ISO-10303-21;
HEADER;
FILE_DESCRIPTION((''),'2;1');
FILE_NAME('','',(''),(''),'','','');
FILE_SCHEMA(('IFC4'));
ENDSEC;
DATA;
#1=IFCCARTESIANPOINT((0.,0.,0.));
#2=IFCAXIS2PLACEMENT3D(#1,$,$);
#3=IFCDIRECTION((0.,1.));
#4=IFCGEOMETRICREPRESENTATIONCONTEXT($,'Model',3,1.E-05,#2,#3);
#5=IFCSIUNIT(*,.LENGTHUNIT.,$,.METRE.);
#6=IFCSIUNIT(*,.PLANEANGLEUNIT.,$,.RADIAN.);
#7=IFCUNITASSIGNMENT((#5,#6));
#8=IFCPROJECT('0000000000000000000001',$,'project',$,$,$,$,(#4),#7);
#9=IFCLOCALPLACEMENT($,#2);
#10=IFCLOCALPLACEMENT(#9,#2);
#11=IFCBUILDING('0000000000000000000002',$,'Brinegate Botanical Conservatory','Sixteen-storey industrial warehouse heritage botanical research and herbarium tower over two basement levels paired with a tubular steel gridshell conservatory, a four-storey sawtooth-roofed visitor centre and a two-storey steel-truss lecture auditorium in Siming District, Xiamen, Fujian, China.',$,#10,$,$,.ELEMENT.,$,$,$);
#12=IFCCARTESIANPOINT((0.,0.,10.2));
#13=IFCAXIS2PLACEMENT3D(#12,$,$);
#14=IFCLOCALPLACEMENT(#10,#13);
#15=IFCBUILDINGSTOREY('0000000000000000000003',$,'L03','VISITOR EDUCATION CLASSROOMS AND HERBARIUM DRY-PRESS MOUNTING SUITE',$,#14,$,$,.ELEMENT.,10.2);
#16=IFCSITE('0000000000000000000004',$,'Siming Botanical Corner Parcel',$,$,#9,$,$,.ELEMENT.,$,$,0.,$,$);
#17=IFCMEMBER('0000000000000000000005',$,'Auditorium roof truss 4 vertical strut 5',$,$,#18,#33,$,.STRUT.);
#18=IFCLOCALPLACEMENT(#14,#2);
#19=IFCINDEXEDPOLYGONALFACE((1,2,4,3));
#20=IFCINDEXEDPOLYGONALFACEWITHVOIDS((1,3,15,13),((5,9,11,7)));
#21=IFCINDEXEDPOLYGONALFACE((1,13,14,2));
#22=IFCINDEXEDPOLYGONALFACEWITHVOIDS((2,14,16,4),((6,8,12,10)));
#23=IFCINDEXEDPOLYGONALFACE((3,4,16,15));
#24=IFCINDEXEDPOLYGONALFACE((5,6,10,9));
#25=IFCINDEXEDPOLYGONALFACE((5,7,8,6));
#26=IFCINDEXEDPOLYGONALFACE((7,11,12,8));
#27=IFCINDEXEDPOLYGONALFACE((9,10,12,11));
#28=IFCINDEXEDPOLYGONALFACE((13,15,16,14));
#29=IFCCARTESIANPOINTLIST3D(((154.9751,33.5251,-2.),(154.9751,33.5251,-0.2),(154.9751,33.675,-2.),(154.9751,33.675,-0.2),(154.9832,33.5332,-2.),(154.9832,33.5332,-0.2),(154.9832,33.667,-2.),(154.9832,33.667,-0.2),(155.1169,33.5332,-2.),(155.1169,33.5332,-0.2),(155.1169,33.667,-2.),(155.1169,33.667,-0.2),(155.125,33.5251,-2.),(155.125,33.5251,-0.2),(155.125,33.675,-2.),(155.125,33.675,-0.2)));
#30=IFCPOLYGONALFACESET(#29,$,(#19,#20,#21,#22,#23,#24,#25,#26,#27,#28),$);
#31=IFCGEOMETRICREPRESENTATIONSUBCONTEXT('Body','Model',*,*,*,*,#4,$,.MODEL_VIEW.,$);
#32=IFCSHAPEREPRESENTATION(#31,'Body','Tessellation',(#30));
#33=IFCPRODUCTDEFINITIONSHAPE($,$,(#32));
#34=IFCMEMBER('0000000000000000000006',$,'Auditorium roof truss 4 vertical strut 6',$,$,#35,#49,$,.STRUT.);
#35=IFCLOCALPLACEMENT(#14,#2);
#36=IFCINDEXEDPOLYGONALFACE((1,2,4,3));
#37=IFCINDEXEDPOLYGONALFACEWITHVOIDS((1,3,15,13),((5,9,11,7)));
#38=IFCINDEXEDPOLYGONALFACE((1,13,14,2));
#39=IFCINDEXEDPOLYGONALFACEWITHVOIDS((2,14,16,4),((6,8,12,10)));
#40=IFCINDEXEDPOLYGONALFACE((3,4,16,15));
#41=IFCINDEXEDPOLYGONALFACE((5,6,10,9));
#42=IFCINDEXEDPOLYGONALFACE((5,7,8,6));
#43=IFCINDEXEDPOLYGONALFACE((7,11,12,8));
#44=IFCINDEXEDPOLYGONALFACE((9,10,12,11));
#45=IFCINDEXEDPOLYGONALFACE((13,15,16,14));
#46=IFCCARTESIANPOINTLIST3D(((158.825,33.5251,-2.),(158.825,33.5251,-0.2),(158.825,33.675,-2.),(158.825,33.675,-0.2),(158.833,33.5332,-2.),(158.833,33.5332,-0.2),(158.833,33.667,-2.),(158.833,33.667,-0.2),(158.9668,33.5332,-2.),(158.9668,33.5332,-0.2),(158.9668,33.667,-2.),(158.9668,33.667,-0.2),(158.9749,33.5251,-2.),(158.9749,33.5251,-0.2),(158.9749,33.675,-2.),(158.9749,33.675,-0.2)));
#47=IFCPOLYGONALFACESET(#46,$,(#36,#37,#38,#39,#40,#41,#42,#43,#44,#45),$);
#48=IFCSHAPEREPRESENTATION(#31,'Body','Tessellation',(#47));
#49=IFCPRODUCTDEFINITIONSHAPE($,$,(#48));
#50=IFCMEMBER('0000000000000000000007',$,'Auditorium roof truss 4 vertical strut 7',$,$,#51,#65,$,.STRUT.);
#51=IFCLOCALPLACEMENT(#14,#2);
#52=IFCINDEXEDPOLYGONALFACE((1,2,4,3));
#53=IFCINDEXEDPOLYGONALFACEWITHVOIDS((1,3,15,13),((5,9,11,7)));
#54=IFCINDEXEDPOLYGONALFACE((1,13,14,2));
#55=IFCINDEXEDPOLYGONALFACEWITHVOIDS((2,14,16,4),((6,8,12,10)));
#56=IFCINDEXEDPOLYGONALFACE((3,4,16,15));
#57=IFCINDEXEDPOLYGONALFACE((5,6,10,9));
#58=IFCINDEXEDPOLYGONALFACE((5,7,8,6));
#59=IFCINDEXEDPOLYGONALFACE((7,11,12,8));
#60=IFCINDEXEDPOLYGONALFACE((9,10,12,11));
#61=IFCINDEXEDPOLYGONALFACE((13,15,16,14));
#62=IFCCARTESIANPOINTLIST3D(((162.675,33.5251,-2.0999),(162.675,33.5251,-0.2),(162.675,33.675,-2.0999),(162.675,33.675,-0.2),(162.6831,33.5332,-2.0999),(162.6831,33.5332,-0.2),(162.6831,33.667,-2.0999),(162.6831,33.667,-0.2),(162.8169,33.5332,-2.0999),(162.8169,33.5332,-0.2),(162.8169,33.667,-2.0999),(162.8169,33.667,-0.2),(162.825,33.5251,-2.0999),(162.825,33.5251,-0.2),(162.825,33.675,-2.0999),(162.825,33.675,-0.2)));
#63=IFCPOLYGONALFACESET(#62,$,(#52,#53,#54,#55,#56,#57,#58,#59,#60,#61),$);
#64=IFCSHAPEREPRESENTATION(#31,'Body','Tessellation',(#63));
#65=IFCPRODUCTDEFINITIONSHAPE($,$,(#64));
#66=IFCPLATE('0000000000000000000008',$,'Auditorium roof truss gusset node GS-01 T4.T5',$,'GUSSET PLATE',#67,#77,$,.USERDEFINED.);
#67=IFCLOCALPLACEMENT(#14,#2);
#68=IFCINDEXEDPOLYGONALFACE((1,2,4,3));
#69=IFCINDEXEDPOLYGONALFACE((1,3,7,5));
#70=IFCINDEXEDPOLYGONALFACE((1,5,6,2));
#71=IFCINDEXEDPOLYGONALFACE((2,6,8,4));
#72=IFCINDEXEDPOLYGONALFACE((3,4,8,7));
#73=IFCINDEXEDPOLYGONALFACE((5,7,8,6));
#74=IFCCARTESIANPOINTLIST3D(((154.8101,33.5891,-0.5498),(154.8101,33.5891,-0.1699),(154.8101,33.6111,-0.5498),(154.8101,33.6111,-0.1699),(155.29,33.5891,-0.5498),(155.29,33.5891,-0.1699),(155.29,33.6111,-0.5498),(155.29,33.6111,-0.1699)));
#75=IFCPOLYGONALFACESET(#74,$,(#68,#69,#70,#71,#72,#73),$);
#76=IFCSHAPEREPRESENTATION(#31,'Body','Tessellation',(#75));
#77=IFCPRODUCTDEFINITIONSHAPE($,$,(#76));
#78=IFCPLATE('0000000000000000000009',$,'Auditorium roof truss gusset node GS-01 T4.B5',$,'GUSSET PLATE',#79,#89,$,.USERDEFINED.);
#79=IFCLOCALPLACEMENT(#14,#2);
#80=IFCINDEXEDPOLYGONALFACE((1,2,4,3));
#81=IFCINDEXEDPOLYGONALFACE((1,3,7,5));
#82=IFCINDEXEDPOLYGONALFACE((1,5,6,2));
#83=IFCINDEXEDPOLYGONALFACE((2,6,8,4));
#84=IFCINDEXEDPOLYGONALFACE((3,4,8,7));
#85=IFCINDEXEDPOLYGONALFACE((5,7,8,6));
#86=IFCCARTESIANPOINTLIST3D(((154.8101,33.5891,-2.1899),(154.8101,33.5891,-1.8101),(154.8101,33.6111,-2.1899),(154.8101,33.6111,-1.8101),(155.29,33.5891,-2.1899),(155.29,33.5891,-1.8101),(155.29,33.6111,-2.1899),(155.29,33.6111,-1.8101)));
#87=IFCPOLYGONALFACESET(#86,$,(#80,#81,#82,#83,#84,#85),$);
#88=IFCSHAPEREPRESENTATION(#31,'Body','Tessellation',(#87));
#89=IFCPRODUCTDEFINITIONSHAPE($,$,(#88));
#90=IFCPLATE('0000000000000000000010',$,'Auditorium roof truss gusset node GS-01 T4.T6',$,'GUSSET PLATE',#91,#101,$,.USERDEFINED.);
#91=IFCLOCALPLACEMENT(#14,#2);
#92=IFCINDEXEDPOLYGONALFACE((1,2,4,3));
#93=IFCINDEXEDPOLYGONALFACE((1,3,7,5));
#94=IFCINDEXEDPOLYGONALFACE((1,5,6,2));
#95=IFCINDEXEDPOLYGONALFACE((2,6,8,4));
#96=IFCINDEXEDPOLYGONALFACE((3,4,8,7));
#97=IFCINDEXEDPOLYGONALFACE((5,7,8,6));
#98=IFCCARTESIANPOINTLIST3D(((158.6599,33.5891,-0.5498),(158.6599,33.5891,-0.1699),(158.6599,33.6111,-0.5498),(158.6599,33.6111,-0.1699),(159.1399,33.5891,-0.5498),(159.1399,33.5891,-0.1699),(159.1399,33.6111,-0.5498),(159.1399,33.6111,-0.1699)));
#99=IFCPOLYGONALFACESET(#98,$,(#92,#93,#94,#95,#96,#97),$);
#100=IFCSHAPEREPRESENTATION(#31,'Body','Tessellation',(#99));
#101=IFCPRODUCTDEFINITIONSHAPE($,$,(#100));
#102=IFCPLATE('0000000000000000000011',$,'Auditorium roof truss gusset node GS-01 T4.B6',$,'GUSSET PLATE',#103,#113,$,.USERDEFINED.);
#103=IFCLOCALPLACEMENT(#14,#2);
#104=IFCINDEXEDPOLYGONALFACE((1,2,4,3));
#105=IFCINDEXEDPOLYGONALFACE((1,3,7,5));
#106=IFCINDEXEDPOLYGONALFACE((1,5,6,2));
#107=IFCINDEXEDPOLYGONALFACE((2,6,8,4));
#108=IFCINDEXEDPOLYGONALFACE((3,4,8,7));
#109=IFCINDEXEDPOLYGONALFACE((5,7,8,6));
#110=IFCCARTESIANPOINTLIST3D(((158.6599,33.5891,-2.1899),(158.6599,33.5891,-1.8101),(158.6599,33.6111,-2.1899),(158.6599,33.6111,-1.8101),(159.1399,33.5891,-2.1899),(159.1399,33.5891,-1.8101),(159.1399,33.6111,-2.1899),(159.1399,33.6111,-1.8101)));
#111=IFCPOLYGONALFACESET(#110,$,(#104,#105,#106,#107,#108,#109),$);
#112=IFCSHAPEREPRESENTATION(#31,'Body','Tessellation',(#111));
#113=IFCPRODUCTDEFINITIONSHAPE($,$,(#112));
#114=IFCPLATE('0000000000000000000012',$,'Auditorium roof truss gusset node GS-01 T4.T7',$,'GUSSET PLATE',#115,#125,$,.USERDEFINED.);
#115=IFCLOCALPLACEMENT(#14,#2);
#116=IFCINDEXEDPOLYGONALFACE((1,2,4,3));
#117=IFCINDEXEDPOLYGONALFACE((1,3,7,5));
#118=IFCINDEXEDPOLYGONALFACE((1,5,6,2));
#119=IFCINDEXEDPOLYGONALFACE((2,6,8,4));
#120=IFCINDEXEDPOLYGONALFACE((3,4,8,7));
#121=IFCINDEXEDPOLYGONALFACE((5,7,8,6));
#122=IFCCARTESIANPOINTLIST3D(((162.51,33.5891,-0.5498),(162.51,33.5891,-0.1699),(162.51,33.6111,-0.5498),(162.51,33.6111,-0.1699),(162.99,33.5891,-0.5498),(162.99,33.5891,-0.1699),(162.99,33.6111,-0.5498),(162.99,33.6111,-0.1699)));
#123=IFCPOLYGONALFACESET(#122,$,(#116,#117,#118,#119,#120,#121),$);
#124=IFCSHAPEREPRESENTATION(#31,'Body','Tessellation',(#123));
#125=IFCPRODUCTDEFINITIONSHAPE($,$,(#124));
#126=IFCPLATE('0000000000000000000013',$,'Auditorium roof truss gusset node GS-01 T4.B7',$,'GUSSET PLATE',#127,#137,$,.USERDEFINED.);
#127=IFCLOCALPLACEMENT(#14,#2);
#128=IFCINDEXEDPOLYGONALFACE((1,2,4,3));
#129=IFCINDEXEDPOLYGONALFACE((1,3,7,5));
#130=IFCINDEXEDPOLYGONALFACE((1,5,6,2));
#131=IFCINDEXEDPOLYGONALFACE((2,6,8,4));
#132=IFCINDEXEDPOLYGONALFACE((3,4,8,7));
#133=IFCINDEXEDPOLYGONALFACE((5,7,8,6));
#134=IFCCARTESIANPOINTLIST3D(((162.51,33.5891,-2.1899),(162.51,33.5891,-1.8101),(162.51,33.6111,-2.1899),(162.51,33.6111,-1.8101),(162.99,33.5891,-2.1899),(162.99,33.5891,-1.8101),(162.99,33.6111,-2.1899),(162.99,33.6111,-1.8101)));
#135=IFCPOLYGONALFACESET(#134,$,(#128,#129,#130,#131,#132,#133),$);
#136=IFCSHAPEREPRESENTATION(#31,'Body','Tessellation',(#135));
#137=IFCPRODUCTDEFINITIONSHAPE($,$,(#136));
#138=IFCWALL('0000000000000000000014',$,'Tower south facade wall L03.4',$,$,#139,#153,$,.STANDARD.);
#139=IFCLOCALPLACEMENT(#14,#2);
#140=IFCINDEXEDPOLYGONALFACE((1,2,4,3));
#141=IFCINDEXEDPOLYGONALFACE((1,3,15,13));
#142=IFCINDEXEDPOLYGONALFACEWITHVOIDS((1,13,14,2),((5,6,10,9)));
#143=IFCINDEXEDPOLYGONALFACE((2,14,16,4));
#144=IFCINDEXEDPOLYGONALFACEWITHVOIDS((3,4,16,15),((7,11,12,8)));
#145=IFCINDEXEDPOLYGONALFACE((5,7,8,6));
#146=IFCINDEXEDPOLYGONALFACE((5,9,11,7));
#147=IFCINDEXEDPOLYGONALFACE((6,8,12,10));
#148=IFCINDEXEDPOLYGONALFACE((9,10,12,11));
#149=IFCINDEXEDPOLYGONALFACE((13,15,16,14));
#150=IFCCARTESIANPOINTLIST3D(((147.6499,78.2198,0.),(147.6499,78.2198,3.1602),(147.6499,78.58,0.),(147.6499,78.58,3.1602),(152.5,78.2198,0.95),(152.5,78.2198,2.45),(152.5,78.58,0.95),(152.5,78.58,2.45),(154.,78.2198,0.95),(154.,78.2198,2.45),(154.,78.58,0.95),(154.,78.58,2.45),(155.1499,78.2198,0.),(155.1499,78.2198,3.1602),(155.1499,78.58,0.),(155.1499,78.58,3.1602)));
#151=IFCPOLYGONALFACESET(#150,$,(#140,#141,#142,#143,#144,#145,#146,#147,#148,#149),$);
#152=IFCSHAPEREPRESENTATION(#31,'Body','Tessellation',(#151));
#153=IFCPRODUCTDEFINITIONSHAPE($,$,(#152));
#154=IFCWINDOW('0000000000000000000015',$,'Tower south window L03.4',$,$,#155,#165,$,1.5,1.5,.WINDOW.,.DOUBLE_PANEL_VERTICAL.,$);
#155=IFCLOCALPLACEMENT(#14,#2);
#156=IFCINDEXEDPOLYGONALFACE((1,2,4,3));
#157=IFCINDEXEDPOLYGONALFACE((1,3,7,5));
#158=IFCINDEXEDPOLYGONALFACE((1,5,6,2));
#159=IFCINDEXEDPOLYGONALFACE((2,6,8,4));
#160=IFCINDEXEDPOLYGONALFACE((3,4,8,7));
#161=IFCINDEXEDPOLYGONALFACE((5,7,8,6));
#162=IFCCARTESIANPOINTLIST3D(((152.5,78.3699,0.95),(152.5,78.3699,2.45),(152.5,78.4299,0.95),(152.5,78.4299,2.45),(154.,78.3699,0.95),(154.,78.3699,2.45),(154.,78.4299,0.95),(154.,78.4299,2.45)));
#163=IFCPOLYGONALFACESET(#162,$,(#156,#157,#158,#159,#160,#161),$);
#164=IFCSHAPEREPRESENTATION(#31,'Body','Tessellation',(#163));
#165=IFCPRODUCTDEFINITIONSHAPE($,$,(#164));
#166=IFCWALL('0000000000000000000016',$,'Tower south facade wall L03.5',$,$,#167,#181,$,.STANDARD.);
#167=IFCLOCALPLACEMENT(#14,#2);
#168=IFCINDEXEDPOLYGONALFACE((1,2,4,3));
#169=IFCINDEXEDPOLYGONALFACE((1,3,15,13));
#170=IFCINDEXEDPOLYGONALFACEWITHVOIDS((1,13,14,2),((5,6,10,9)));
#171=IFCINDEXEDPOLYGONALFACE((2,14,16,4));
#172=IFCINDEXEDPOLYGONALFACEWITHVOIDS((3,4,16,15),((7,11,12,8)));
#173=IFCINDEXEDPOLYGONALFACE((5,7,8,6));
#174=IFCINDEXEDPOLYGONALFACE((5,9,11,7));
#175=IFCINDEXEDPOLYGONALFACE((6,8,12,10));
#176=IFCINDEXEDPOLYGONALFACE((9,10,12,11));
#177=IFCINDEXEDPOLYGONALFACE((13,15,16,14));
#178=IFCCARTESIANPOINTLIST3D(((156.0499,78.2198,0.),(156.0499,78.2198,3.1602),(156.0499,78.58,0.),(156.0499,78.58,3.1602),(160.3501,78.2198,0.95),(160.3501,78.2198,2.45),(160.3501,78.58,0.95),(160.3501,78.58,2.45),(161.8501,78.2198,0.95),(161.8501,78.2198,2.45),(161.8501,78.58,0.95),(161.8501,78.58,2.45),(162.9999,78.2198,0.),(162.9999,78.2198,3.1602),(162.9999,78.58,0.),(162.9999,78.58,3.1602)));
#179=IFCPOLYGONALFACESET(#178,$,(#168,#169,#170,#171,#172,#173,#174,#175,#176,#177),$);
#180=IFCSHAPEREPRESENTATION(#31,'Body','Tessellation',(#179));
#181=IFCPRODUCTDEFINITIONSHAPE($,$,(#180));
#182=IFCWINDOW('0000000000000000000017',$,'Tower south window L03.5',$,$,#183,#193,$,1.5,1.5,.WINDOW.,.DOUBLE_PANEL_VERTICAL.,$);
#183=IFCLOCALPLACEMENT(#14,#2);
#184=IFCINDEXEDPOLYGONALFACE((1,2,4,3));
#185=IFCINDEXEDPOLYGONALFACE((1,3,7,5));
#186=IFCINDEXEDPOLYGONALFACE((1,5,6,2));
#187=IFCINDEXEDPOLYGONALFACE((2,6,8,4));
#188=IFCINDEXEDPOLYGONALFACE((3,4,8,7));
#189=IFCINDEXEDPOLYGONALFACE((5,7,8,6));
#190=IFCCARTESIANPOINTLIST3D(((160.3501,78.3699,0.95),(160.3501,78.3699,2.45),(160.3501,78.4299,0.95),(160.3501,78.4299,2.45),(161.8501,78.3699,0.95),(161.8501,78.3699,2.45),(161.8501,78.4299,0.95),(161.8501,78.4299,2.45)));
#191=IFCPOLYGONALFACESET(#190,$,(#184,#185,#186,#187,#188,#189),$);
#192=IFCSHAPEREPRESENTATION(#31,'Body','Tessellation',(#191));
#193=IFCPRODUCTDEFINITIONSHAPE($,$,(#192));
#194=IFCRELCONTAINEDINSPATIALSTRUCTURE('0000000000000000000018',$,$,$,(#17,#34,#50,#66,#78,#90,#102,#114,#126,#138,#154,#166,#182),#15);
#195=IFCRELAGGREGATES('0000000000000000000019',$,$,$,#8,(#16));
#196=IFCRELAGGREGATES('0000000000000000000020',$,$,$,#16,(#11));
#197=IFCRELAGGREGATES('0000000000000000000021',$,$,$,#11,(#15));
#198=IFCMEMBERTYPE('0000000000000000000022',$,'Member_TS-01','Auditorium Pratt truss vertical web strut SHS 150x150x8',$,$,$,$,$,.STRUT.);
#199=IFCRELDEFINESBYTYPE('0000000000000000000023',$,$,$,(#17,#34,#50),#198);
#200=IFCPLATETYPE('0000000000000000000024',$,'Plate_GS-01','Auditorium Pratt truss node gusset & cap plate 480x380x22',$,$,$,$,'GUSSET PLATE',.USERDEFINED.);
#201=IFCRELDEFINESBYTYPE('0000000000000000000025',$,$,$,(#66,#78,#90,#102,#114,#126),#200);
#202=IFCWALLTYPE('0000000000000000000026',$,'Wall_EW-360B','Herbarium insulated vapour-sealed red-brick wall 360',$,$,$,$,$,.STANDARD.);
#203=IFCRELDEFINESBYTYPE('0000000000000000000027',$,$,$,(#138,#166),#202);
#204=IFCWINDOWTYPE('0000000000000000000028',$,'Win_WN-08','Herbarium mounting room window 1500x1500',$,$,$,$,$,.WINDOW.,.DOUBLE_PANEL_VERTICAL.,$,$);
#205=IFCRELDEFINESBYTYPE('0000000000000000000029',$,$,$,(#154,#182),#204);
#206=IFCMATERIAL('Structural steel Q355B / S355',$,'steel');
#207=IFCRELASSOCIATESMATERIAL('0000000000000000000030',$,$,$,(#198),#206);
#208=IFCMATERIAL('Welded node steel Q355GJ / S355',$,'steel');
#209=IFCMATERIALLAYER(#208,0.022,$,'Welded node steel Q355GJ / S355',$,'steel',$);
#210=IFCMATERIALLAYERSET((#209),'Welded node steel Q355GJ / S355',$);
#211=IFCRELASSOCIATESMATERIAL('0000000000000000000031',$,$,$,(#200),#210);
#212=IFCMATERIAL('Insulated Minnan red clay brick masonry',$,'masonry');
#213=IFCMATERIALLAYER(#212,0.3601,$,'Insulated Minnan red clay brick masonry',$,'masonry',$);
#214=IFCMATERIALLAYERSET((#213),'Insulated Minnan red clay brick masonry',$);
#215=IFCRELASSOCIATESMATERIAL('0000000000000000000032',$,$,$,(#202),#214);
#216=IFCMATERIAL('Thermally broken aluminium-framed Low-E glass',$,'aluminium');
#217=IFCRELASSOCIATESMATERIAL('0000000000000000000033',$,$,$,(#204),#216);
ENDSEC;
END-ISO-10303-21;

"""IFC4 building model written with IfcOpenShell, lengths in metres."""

from ifc_helpers import new_model, si_unit, direction, frame, frame_2d, origin, origin_2d, place, context, subcontext, project, spatial, rectangle, hollow_rectangle, extrude, material, layer, layer_set, material_profile, profile_set, type_object, element, fill, save


model = new_model("IFC4")

# Units and contexts
model_context = context("Model", 3, precision=1e-05, world=origin(), true_north=direction((0.0, 1.0)))
body_context = subcontext(model_context, "Body", "Model", "MODEL_VIEW")
ifc_project = project(units=[si_unit("LENGTHUNIT", "METRE"), si_unit("PLANEANGLEUNIT", "RADIAN")], contexts=[model_context])

# Site, building, storey
site_placement = place(None, origin())
site = spatial("IfcSite", under=ifc_project, at=site_placement, Name="Siming Botanical Corner Parcel", CompositionType="ELEMENT", RefElevation=0.0)
building_placement = place(site_placement, origin())
building = spatial("IfcBuilding", under=site, at=building_placement, Name="Brinegate Botanical Conservatory", Description="Sixteen-storey industrial warehouse heritage botanical research and herbarium tower over two basement levels paired with a tubular steel gridshell conservatory, a four-storey sawtooth-roofed visitor centre and a two-storey steel-truss lecture auditorium in Siming District, Xiamen, Fujian, China.", CompositionType="ELEMENT")
storey_placement = place(building_placement, frame((0.0, 0.0, 10.2)))
storey = spatial("IfcBuildingStorey", under=building, at=storey_placement, Name="L03", Description="VISITOR EDUCATION CLASSROOMS AND HERBARIUM DRY-PRESS MOUNTING SUITE", CompositionType="ELEMENT", Elevation=10.2)

# Members
ifc_material_1 = material(Name="Structural steel Q355B / S355", Category="steel")
ifc_material_profile_1 = material_profile(ifc_material_1, hollow_rectangle(XDim=0.1499, YDim=0.1499, WallThickness=0.0081, at=origin_2d()), Name="SHS 150x150x8")
ifc_profile_set_1 = profile_set([ifc_material_profile_1], Name="Structural steel Q355B / S355")
member_type_1 = type_object("IfcMemberType", Name="Member_TS-01", Description="Auditorium Pratt truss vertical web strut SHS 150x150x8", PredefinedType="STRUT", material=ifc_profile_set_1)
for number, where, z_axis, x_axis, name in (
    (1, (155.05, 33.6001, -2.0), (0.0, 0.0, 1.0), (1.0, 0.0, 0.0), "Auditorium roof truss 4 vertical strut 5"),
    (2, (158.8999, 33.6001, -2.0), (0.0, 0.0, 1.0), (1.0, 0.0, 0.0), "Auditorium roof truss 4 vertical strut 6"),
):
    element("IfcMember", number, at=place(storey_placement, frame(where, z_axis=z_axis, x_axis=x_axis)), inside=storey, type_object=member_type_1, Name=name, PredefinedType="STRUT", context=body_context, shape_type="SweptSolid", body=[
        extrude(hollow_rectangle(XDim=0.1499, YDim=0.1499, WallThickness=0.0081, at=origin_2d()), origin(), (0.0, 0.0, 1.0), 1.8),
    ])
member_1_placement = place(storey_placement, frame((162.75, 33.6001, -2.0999), z_axis=(0.0, 0.0, 1.0), x_axis=(1.0, 0.0, 0.0)))
element("IfcMember", 3, at=member_1_placement, inside=storey, type_object=member_type_1, Name="Auditorium roof truss 4 vertical strut 7", PredefinedType="STRUT", context=body_context, shape_type="SweptSolid", body=[
    extrude(hollow_rectangle(XDim=0.1499, YDim=0.1499, WallThickness=0.0081, at=origin_2d()), origin(), (0.0, 0.0, 1.0), 1.8999),
])

# Plates
ifc_material_2 = material(Name="Welded node steel Q355GJ / S355", Category="steel")
ifc_layer_1 = layer(ifc_material_2, 0.022, Name="Welded node steel Q355GJ / S355", Category="steel")
ifc_layer_set_1 = layer_set([ifc_layer_1], Name="Welded node steel Q355GJ / S355")
plate_type = type_object("IfcPlateType", Name="Plate_GS-01", Description="Auditorium Pratt truss node gusset & cap plate 480x380x22", ElementType="GUSSET PLATE", PredefinedType="USERDEFINED", material=ifc_layer_set_1)
for number, where, z_axis, x_axis, name in (
    (4, (155.05, 33.6001, -0.5498), (0.0, 0.0, 1.0), (1.0, 0.0, 0.0), "Auditorium roof truss gusset node GS-01 T4.T5"),
    (5, (155.05, 33.6001, -2.1899), (0.0, 0.0, 1.0), (1.0, 0.0, 0.0), "Auditorium roof truss gusset node GS-01 T4.B5"),
    (6, (158.8999, 33.6001, -0.5498), (0.0, 0.0, 1.0), (1.0, 0.0, 0.0), "Auditorium roof truss gusset node GS-01 T4.T6"),
    (7, (158.8999, 33.6001, -2.1899), (0.0, 0.0, 1.0), (1.0, 0.0, 0.0), "Auditorium roof truss gusset node GS-01 T4.B6"),
    (8, (162.75, 33.6001, -0.5498), (0.0, 0.0, 1.0), (1.0, 0.0, 0.0), "Auditorium roof truss gusset node GS-01 T4.T7"),
    (9, (162.75, 33.6001, -2.1899), (0.0, 0.0, 1.0), (1.0, 0.0, 0.0), "Auditorium roof truss gusset node GS-01 T4.B7"),
):
    element("IfcPlate", number, at=place(storey_placement, frame(where, z_axis=z_axis, x_axis=x_axis)), inside=storey, type_object=plate_type, Name=name, ObjectType="GUSSET PLATE", PredefinedType="USERDEFINED", context=body_context, shape_type="SweptSolid", body=[
        extrude(rectangle(XDim=0.48, YDim=0.022, at=origin_2d()), origin(), (0.0, 0.0, 1.0), 0.3799),
    ])

# Walls, openings, windows
ifc_material_3 = material(Name="Insulated Minnan red clay brick masonry", Category="masonry")
ifc_layer_2 = layer(ifc_material_3, 0.3601, Name="Insulated Minnan red clay brick masonry", Category="masonry")
ifc_layer_set_2 = layer_set([ifc_layer_2], Name="Insulated Minnan red clay brick masonry")
wall_type_1 = type_object("IfcWallType", Name="Wall_EW-360B", Description="Herbarium insulated vapour-sealed red-brick wall 360", PredefinedType="STANDARD", material=ifc_layer_set_2)
wall_1_placement = place(storey_placement, frame((155.1499, 78.3999, 0.0), z_axis=(0.0, 0.0, 1.0), x_axis=(-1.0, 0.0, 0.0)))
wall_1 = element("IfcWall", 10, at=wall_1_placement, inside=storey, type_object=wall_type_1, Name="Tower south facade wall L03.4", PredefinedType="STANDARD", context=body_context, shape_type="SweptSolid", body=[
    extrude(rectangle(XDim=7.5, YDim=0.3601, at=frame_2d((3.75, 0.0))), origin(), (0.0, 0.0, 1.0), 3.1602),
])
opening_1_placement = place(wall_1_placement, frame((1.1499, 0.0, 0.95)))
opening_1 = element("IfcOpeningElement", 11, at=opening_1_placement, cuts=wall_1, PredefinedType="OPENING", context=body_context, shape_type="SweptSolid", body=[
    extrude(rectangle(XDim=1.5, YDim=1.5, at=frame_2d((0.75, 0.75))), frame((0.0, 0.1899, 0.0), z_axis=(0.0, -1.0, 0.0), x_axis=(1.0, 0.0, 0.0)), (0.0, 0.0, 1.0), 0.3801),
])
ifc_material_4 = material(Name="Thermally broken aluminium-framed Low-E glass", Category="aluminium")
window_type_1 = type_object("IfcWindowType", Name="Win_WN-08", Description="Herbarium mounting room window 1500x1500", PartitioningType="DOUBLE_PANEL_VERTICAL", PredefinedType="WINDOW", material=ifc_material_4)
window_1_placement = place(opening_1_placement, origin())
window_1 = element("IfcWindow", 12, at=window_1_placement, inside=storey, type_object=window_type_1, Name="Tower south window L03.4", OverallHeight=1.5, OverallWidth=1.5, PartitioningType="DOUBLE_PANEL_VERTICAL", PredefinedType="WINDOW", context=body_context, shape_type="SweptSolid", body=[
    extrude(rectangle(XDim=1.5, YDim=1.5, at=frame_2d((0.75, 0.75))), frame((0.0, 0.03, 0.0), z_axis=(0.0, -1.0, 0.0), x_axis=(1.0, 0.0, 0.0)), (0.0, 0.0, 1.0), 0.0601),
])
fill(opening_1, window_1)
wall_2_placement = place(storey_placement, frame((163.0, 78.3999, 0.0), z_axis=(0.0, 0.0, 1.0), x_axis=(-1.0, 0.0, 0.0)))
wall_2 = element("IfcWall", 13, at=wall_2_placement, inside=storey, type_object=wall_type_1, Name="Tower south facade wall L03.5", PredefinedType="STANDARD", context=body_context, shape_type="SweptSolid", body=[
    extrude(rectangle(XDim=6.95, YDim=0.3601, at=frame_2d((3.4751, 0.0))), origin(), (0.0, 0.0, 1.0), 3.1602),
])
opening_2_placement = place(wall_2_placement, frame((1.1499, 0.0, 0.95)))
opening_2 = element("IfcOpeningElement", 14, at=opening_2_placement, cuts=wall_2, PredefinedType="OPENING", context=body_context, shape_type="SweptSolid", body=[
    extrude(rectangle(XDim=1.5, YDim=1.5, at=frame_2d((0.75, 0.75))), frame((0.0, 0.1899, 0.0), z_axis=(0.0, -1.0, 0.0), x_axis=(1.0, 0.0, 0.0)), (0.0, 0.0, 1.0), 0.3801),
])
window_2_placement = place(opening_2_placement, origin())
window_2 = element("IfcWindow", 15, at=window_2_placement, inside=storey, type_object=window_type_1, Name="Tower south window L03.5", OverallHeight=1.5, OverallWidth=1.5, PartitioningType="DOUBLE_PANEL_VERTICAL", PredefinedType="WINDOW", context=body_context, shape_type="SweptSolid", body=[
    extrude(rectangle(XDim=1.5, YDim=1.5, at=frame_2d((0.75, 0.75))), frame((0.0, 0.03, 0.0), z_axis=(0.0, -1.0, 0.0), x_axis=(1.0, 0.0, 0.0)), (0.0, 0.0, 1.0), 0.0601),
])
fill(opening_2, window_2)

save(model, "model.ifc")
